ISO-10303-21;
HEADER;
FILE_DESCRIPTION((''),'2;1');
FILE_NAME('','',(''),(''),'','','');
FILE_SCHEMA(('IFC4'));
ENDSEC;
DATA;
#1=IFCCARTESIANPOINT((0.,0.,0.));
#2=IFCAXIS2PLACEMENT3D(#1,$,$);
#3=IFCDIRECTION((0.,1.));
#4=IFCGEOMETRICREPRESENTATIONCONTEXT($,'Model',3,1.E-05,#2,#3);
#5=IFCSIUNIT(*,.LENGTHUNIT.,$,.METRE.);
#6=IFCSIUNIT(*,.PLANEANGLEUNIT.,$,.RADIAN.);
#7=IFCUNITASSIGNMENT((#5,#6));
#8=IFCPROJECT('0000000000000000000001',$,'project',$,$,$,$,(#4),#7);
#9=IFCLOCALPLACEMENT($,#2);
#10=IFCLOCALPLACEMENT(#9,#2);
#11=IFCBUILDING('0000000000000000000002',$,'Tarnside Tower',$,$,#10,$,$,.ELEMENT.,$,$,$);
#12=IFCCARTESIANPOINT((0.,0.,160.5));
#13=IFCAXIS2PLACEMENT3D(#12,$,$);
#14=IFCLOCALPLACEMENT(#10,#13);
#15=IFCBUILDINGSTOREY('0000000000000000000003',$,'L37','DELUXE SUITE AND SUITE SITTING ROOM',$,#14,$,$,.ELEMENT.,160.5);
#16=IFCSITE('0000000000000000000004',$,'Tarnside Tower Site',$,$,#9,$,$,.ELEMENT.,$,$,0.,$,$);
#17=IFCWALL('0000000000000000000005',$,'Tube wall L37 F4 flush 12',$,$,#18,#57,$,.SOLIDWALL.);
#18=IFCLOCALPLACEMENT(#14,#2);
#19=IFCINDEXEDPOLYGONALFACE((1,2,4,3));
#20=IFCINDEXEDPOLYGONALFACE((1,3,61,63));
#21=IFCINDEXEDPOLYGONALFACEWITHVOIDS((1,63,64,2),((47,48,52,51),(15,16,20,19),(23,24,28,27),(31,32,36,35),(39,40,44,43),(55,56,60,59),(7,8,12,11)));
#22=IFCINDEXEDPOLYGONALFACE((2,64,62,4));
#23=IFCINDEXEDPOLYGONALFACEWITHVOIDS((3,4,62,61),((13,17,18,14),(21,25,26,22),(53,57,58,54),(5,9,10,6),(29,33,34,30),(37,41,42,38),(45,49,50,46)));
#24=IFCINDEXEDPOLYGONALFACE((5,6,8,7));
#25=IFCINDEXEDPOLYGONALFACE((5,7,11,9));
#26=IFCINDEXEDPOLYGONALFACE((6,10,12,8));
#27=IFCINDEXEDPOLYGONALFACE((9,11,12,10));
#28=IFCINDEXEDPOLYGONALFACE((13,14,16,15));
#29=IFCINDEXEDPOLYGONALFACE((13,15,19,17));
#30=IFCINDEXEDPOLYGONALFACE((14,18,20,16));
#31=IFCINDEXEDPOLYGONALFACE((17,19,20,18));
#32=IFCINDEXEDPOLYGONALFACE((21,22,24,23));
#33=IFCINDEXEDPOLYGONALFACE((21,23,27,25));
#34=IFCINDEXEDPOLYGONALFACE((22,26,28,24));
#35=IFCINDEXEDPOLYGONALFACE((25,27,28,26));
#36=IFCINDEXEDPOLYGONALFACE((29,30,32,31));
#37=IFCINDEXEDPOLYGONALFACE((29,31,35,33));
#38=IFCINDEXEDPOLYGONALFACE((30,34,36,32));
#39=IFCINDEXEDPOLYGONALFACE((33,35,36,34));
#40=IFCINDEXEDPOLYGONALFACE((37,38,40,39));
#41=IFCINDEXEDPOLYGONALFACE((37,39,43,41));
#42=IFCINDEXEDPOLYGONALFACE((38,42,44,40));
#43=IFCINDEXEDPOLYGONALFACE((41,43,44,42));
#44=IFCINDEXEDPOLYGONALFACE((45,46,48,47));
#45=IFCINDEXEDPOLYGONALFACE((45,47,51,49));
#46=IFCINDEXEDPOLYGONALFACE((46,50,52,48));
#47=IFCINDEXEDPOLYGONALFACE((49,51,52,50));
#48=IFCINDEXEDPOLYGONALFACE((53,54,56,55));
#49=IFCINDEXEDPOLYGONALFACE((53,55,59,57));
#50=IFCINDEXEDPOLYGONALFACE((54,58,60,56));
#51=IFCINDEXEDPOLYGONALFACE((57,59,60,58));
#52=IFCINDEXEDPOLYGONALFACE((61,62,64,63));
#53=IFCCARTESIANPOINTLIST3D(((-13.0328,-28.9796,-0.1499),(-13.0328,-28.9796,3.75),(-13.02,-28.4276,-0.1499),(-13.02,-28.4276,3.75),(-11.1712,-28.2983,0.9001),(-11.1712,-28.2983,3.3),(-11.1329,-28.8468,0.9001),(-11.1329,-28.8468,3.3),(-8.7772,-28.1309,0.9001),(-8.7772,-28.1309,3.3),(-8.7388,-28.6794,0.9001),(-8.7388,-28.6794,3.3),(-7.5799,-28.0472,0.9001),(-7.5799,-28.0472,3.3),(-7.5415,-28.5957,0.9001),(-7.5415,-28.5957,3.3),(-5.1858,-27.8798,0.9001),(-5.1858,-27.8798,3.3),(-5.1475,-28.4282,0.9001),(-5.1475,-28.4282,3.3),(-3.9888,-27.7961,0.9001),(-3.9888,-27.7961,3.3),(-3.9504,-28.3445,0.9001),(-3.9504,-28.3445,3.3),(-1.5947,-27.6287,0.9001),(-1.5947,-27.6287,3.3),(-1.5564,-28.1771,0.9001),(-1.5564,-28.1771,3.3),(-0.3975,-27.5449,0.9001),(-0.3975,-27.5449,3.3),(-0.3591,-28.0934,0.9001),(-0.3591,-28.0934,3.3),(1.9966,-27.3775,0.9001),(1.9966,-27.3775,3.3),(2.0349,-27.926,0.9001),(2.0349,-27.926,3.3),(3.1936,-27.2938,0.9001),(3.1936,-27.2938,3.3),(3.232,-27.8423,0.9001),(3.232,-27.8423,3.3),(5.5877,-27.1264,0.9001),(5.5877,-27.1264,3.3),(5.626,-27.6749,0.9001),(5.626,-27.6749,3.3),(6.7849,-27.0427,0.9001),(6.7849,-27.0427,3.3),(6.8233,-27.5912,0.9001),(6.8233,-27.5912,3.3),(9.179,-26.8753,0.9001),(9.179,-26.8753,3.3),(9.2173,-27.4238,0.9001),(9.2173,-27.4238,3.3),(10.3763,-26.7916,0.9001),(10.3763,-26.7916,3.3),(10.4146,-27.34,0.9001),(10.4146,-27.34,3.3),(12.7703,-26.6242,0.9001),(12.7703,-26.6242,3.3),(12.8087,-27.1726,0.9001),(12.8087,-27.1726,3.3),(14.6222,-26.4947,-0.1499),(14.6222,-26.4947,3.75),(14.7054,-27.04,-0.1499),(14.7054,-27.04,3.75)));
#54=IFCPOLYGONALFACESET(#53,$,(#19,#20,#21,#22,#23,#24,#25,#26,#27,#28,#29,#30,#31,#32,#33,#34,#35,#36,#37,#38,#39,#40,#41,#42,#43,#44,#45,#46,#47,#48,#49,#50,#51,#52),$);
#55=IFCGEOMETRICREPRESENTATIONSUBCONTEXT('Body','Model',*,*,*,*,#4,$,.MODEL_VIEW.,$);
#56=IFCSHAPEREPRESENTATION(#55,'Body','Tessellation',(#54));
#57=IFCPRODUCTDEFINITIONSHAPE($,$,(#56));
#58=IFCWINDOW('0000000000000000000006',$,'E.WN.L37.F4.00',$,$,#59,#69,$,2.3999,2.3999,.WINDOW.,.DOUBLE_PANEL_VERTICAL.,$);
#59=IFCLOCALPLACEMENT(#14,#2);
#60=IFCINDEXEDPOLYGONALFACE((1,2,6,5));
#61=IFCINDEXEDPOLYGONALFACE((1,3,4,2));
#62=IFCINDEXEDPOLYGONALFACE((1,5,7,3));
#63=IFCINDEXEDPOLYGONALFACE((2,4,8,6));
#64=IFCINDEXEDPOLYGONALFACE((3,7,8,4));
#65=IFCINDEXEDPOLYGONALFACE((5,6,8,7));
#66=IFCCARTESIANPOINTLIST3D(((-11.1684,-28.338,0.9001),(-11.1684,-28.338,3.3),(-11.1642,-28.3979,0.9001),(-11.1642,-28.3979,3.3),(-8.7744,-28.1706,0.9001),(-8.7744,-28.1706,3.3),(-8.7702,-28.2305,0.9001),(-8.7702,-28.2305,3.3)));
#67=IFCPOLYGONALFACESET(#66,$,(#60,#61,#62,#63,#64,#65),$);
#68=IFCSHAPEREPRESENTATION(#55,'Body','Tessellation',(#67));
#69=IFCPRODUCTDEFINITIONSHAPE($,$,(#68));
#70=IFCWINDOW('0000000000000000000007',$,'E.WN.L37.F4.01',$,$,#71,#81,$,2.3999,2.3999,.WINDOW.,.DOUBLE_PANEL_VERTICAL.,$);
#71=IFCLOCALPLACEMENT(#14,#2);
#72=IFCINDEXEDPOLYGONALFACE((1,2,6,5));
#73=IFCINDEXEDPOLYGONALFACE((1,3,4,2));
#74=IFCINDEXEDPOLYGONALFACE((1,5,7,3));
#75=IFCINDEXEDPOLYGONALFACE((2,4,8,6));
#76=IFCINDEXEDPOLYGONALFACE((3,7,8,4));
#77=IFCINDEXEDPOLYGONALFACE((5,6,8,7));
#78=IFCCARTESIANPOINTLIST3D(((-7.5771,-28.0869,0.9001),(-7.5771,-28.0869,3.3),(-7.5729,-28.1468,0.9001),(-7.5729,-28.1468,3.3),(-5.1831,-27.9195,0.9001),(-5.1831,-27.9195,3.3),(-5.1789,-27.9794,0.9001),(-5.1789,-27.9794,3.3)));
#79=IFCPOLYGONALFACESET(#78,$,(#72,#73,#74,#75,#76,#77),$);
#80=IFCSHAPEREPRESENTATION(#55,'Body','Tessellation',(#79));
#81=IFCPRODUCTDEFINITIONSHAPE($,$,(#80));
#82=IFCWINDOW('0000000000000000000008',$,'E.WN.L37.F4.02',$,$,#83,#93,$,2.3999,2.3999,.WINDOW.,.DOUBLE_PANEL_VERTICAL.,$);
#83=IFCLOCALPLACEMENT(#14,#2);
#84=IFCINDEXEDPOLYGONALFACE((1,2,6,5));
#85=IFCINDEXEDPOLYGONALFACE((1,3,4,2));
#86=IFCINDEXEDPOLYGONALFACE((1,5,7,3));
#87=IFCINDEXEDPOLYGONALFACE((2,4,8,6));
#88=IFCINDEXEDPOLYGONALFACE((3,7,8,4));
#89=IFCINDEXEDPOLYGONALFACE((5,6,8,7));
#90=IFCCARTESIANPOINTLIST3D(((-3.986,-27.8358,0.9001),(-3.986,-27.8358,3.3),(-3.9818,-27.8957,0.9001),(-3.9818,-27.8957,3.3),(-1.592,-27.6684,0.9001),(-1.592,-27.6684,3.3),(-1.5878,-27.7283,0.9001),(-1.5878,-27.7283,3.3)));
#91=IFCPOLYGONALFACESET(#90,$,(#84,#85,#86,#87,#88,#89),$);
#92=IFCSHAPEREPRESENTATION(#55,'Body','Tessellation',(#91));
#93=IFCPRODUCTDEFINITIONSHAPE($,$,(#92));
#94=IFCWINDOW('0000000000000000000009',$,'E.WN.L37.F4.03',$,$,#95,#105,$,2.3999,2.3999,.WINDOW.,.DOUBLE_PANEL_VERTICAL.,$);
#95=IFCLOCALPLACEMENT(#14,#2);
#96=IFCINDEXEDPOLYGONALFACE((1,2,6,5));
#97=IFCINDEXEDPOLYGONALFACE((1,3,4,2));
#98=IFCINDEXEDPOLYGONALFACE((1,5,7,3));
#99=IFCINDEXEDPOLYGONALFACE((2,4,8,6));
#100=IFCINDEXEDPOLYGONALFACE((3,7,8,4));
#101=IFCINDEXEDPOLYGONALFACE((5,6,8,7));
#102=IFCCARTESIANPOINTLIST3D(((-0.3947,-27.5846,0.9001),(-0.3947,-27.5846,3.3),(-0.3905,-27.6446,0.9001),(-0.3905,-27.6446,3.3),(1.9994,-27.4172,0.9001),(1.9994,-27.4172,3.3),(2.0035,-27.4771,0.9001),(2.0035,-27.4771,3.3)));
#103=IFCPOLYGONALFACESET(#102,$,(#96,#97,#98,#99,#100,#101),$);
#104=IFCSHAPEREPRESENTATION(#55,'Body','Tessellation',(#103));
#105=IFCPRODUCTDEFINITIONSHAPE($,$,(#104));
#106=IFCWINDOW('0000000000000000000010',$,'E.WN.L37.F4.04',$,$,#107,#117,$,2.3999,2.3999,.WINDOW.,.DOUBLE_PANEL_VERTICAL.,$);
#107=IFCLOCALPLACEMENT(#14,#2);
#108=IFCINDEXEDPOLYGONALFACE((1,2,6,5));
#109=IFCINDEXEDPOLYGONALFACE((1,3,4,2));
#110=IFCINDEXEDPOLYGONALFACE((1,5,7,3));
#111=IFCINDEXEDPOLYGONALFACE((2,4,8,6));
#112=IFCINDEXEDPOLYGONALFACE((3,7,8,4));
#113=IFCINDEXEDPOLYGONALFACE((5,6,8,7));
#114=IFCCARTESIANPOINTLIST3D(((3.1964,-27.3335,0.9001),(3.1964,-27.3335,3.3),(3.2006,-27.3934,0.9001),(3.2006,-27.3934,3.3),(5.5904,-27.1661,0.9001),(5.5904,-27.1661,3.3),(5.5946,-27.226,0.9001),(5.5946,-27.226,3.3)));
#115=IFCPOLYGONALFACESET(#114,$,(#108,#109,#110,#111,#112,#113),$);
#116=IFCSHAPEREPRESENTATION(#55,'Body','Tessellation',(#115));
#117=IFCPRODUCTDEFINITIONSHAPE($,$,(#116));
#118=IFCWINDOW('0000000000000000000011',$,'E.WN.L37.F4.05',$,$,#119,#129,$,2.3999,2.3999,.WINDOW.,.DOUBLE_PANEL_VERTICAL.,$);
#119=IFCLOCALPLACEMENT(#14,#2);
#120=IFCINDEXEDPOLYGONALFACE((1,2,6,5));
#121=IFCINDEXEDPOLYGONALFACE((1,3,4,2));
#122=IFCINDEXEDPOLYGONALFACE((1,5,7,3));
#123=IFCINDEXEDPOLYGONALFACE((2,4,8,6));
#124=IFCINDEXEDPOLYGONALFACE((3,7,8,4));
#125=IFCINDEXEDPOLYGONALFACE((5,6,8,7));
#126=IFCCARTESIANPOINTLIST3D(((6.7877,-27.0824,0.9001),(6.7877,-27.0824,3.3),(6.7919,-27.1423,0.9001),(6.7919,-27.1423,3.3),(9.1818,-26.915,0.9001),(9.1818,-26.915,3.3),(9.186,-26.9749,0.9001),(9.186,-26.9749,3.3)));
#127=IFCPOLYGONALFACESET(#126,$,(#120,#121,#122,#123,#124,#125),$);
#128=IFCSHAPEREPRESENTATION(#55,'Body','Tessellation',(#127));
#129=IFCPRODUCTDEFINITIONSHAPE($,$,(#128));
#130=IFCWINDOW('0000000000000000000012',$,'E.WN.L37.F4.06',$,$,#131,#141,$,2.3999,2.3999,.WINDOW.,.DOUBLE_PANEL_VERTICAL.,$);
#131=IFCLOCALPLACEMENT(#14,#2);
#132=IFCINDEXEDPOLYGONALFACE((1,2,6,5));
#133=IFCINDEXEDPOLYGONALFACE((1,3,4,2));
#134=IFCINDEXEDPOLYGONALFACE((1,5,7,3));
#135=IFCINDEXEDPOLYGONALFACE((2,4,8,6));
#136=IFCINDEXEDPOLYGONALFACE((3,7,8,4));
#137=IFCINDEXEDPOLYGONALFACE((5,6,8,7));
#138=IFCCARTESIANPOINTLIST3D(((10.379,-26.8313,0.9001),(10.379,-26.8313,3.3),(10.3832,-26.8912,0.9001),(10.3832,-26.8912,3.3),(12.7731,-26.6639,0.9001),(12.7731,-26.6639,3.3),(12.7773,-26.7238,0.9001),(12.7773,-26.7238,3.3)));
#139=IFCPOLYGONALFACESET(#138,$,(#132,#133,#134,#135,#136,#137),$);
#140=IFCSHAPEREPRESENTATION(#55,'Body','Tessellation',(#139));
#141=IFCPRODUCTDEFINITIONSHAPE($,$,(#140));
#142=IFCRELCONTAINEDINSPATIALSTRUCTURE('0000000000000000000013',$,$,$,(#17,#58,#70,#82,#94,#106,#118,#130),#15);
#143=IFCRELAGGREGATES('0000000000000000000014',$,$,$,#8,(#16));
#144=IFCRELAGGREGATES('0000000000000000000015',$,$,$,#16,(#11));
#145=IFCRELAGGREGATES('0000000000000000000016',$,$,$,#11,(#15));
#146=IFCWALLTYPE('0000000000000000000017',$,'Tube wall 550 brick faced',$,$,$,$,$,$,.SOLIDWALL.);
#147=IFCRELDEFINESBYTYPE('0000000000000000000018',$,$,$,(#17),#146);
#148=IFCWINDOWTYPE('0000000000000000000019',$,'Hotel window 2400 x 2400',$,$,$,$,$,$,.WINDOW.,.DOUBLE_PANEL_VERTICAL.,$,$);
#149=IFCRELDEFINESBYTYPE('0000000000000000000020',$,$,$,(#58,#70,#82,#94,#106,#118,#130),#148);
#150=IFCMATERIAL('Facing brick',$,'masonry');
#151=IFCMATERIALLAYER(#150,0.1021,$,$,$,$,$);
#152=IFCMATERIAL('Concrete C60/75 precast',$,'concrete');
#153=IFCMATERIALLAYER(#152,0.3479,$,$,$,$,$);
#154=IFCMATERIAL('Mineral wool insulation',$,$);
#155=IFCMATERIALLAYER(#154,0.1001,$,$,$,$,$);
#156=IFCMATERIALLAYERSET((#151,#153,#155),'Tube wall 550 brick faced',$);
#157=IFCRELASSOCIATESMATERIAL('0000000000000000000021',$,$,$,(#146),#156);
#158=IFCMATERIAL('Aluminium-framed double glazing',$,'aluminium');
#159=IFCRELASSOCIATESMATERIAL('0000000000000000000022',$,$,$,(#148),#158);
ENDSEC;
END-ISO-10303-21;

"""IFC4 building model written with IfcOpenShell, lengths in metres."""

from ifc_helpers import new_model, si_unit, direction, frame, frame_2d, origin, place, context, subcontext, project, spatial, polyline, rectangle, outline, extrude, material, layer, layer_set, type_object, element, fill, save


model = new_model("IFC4")

# Units and contexts
model_context = context("Model", 3, precision=1e-05, world=origin(), true_north=direction((0.0, 1.0)))
body_context = subcontext(model_context, "Body", "Model", "MODEL_VIEW")
ifc_project = project(units=[si_unit("LENGTHUNIT", "METRE"), si_unit("PLANEANGLEUNIT", "RADIAN")], contexts=[model_context])

# Site, building, storey
site_placement = place(None, origin())
site = spatial("IfcSite", under=ifc_project, at=site_placement, Name="Tarnside Tower Site", CompositionType="ELEMENT", RefElevation=0.0)
building_placement = place(site_placement, origin())
building = spatial("IfcBuilding", under=site, at=building_placement, Name="Tarnside Tower", CompositionType="ELEMENT")
storey_placement = place(building_placement, frame((0.0, 0.0, 160.5)))
storey = spatial("IfcBuildingStorey", under=building, at=storey_placement, Name="L37", Description="DELUXE SUITE AND SUITE SITTING ROOM", CompositionType="ELEMENT", Elevation=160.5)

# Wall, openings, windows
ifc_material_1 = material(Name="Facing brick", Category="masonry")
ifc_layer_1 = layer(ifc_material_1, 0.1021)
ifc_material_2 = material(Name="Concrete C60/75 precast", Category="concrete")
ifc_layer_2 = layer(ifc_material_2, 0.3479)
ifc_material_3 = material(Name="Mineral wool insulation")
ifc_layer_3 = layer(ifc_material_3, 0.1001)
ifc_layer_set_1 = layer_set([ifc_layer_1, ifc_layer_2, ifc_layer_3], Name="Tube wall 550 brick faced")
wall_type_1 = type_object("IfcWallType", Name="Tube wall 550 brick faced", PredefinedType="SOLIDWALL", material=ifc_layer_set_1)
wall_1_placement = place(storey_placement, frame((-13.0264, -28.7036, -0.1499), z_axis=(0.0, 0.0, 1.0), x_axis=(0.997564, 0.069756, 0.0)))
wall_1 = element("IfcWall", 1, at=wall_1_placement, inside=storey, type_object=wall_type_1, Name="Tube wall L37 F4 flush 12", PredefinedType="SOLIDWALL", context=body_context, shape_type="SweptSolid", body=[
    extrude(outline(polyline([(-0.0256, -0.2749), (27.7803, -0.2749), (27.7354, 0.2749), (0.0256, 0.2749), (-0.0256, -0.2749)])), origin(), (0.0, 0.0, 1.0), 3.8999),
])
opening_1_placement = place(wall_1_placement, frame((1.8789, 0.0, 1.05)))
opening_1 = element("IfcOpeningElement", 2, at=opening_1_placement, cuts=wall_1, PredefinedType="OPENING", context=body_context, shape_type="SweptSolid", body=[
    extrude(rectangle(XDim=2.3999, YDim=2.3999, at=frame_2d((1.2, 1.2))), frame((0.0, 0.2852, 0.0), z_axis=(0.0, -1.0, 0.0), x_axis=(1.0, 0.0, 0.0)), (0.0, 0.0, 1.0), 0.5701),
])
opening_2_placement = place(wall_1_placement, frame((5.479, 0.0, 1.05)))
opening_2 = element("IfcOpeningElement", 3, at=opening_2_placement, cuts=wall_1, PredefinedType="OPENING", context=body_context, shape_type="SweptSolid", body=[
    extrude(rectangle(XDim=2.3999, YDim=2.3999, at=frame_2d((1.2, 1.2))), frame((0.0, 0.2852, 0.0), z_axis=(0.0, -1.0, 0.0), x_axis=(1.0, 0.0, 0.0)), (0.0, 0.0, 1.0), 0.5701),
])
opening_3_placement = place(wall_1_placement, frame((9.0789, 0.0, 1.05)))
opening_3 = element("IfcOpeningElement", 4, at=opening_3_placement, cuts=wall_1, PredefinedType="OPENING", context=body_context, shape_type="SweptSolid", body=[
    extrude(rectangle(XDim=2.3999, YDim=2.3999, at=frame_2d((1.2, 1.2))), frame((0.0, 0.2852, 0.0), z_axis=(0.0, -1.0, 0.0), x_axis=(1.0, 0.0, 0.0)), (0.0, 0.0, 1.0), 0.5701),
])
opening_4_placement = place(wall_1_placement, frame((12.679, 0.0, 1.05)))
opening_4 = element("IfcOpeningElement", 5, at=opening_4_placement, cuts=wall_1, PredefinedType="OPENING", context=body_context, shape_type="SweptSolid", body=[
    extrude(rectangle(XDim=2.3999, YDim=2.3999, at=frame_2d((1.2, 1.2))), frame((0.0, 0.2852, 0.0), z_axis=(0.0, -1.0, 0.0), x_axis=(1.0, 0.0, 0.0)), (0.0, 0.0, 1.0), 0.5701),
])
opening_5_placement = place(wall_1_placement, frame((16.2788, 0.0, 1.05)))
opening_5 = element("IfcOpeningElement", 6, at=opening_5_placement, cuts=wall_1, PredefinedType="OPENING", context=body_context, shape_type="SweptSolid", body=[
    extrude(rectangle(XDim=2.3999, YDim=2.3999, at=frame_2d((1.2, 1.2))), frame((0.0, 0.2852, 0.0), z_axis=(0.0, -1.0, 0.0), x_axis=(1.0, 0.0, 0.0)), (0.0, 0.0, 1.0), 0.5701),
])
opening_6_placement = place(wall_1_placement, frame((19.8789, 0.0, 1.05)))
opening_6 = element("IfcOpeningElement", 7, at=opening_6_placement, cuts=wall_1, PredefinedType="OPENING", context=body_context, shape_type="SweptSolid", body=[
    extrude(rectangle(XDim=2.3999, YDim=2.3999, at=frame_2d((1.2, 1.2))), frame((0.0, 0.2852, 0.0), z_axis=(0.0, -1.0, 0.0), x_axis=(1.0, 0.0, 0.0)), (0.0, 0.0, 1.0), 0.5701),
])
opening_7_placement = place(wall_1_placement, frame((23.479, 0.0, 1.05)))
opening_7 = element("IfcOpeningElement", 8, at=opening_7_placement, cuts=wall_1, PredefinedType="OPENING", context=body_context, shape_type="SweptSolid", body=[
    extrude(rectangle(XDim=2.3999, YDim=2.3999, at=frame_2d((1.2, 1.2))), frame((0.0, 0.2852, 0.0), z_axis=(0.0, -1.0, 0.0), x_axis=(1.0, 0.0, 0.0)), (0.0, 0.0, 1.0), 0.5701),
])
ifc_material_4 = material(Name="Aluminium-framed double glazing", Category="aluminium")
window_type = type_object("IfcWindowType", Name="Hotel window 2400 x 2400", PartitioningType="DOUBLE_PANEL_VERTICAL", PredefinedType="WINDOW", material=ifc_material_4)
window_1_placement = place(opening_1_placement, frame((0.0, 0.2051, 0.0)))
window_1 = element("IfcWindow", 9, at=window_1_placement, inside=storey, type_object=window_type, Name="E.WN.L37.F4.00", OverallHeight=2.3999, OverallWidth=2.3999, PartitioningType="DOUBLE_PANEL_VERTICAL", PredefinedType="WINDOW", context=body_context, shape_type="SweptSolid", body=[
    extrude(rectangle(XDim=2.3999, YDim=2.3999, at=frame_2d((1.2, 1.2))), frame((0.0, 0.03, 0.0), z_axis=(0.0, -1.0, 0.0), x_axis=(1.0, 0.0, 0.0)), (0.0, 0.0, 1.0), 0.0601),
])
fill(opening_1, window_1)
window_2_placement = place(opening_2_placement, frame((0.0, 0.2051, 0.0)))
window_2 = element("IfcWindow", 10, at=window_2_placement, inside=storey, type_object=window_type, Name="E.WN.L37.F4.01", OverallHeight=2.3999, OverallWidth=2.3999, PartitioningType="DOUBLE_PANEL_VERTICAL", PredefinedType="WINDOW", context=body_context, shape_type="SweptSolid", body=[
    extrude(rectangle(XDim=2.3999, YDim=2.3999, at=frame_2d((1.2, 1.2))), frame((0.0, 0.03, 0.0), z_axis=(0.0, -1.0, 0.0), x_axis=(1.0, 0.0, 0.0)), (0.0, 0.0, 1.0), 0.0601),
])
fill(opening_2, window_2)
window_3_placement = place(opening_3_placement, frame((0.0, 0.2051, 0.0)))
window_3 = element("IfcWindow", 11, at=window_3_placement, inside=storey, type_object=window_type, Name="E.WN.L37.F4.02", OverallHeight=2.3999, OverallWidth=2.3999, PartitioningType="DOUBLE_PANEL_VERTICAL", PredefinedType="WINDOW", context=body_context, shape_type="SweptSolid", body=[
    extrude(rectangle(XDim=2.3999, YDim=2.3999, at=frame_2d((1.2, 1.2))), frame((0.0, 0.03, 0.0), z_axis=(0.0, -1.0, 0.0), x_axis=(1.0, 0.0, 0.0)), (0.0, 0.0, 1.0), 0.0601),
])
fill(opening_3, window_3)
window_4_placement = place(opening_4_placement, frame((0.0, 0.2051, 0.0)))
window_4 = element("IfcWindow", 12, at=window_4_placement, inside=storey, type_object=window_type, Name="E.WN.L37.F4.03", OverallHeight=2.3999, OverallWidth=2.3999, PartitioningType="DOUBLE_PANEL_VERTICAL", PredefinedType="WINDOW", context=body_context, shape_type="SweptSolid", body=[
    extrude(rectangle(XDim=2.3999, YDim=2.3999, at=frame_2d((1.2, 1.2))), frame((0.0, 0.03, 0.0), z_axis=(0.0, -1.0, 0.0), x_axis=(1.0, 0.0, 0.0)), (0.0, 0.0, 1.0), 0.0601),
])
fill(opening_4, window_4)
window_5_placement = place(opening_5_placement, frame((0.0, 0.2051, 0.0)))
window_5 = element("IfcWindow", 13, at=window_5_placement, inside=storey, type_object=window_type, Name="E.WN.L37.F4.04", OverallHeight=2.3999, OverallWidth=2.3999, PartitioningType="DOUBLE_PANEL_VERTICAL", PredefinedType="WINDOW", context=body_context, shape_type="SweptSolid", body=[
    extrude(rectangle(XDim=2.3999, YDim=2.3999, at=frame_2d((1.2, 1.2))), frame((0.0, 0.03, 0.0), z_axis=(0.0, -1.0, 0.0), x_axis=(1.0, 0.0, 0.0)), (0.0, 0.0, 1.0), 0.0601),
])
fill(opening_5, window_5)
window_6_placement = place(opening_6_placement, frame((0.0, 0.2051, 0.0)))
window_6 = element("IfcWindow", 14, at=window_6_placement, inside=storey, type_object=window_type, Name="E.WN.L37.F4.05", OverallHeight=2.3999, OverallWidth=2.3999, PartitioningType="DOUBLE_PANEL_VERTICAL", PredefinedType="WINDOW", context=body_context, shape_type="SweptSolid", body=[
    extrude(rectangle(XDim=2.3999, YDim=2.3999, at=frame_2d((1.2, 1.2))), frame((0.0, 0.03, 0.0), z_axis=(0.0, -1.0, 0.0), x_axis=(1.0, 0.0, 0.0)), (0.0, 0.0, 1.0), 0.0601),
])
fill(opening_6, window_6)
window_7_placement = place(opening_7_placement, frame((0.0, 0.2051, 0.0)))
window_7 = element("IfcWindow", 15, at=window_7_placement, inside=storey, type_object=window_type, Name="E.WN.L37.F4.06", OverallHeight=2.3999, OverallWidth=2.3999, PartitioningType="DOUBLE_PANEL_VERTICAL", PredefinedType="WINDOW", context=body_context, shape_type="SweptSolid", body=[
    extrude(rectangle(XDim=2.3999, YDim=2.3999, at=frame_2d((1.2, 1.2))), frame((0.0, 0.03, 0.0), z_axis=(0.0, -1.0, 0.0), x_axis=(1.0, 0.0, 0.0)), (0.0, 0.0, 1.0), 0.0601),
])
fill(opening_7, window_7)

save(model, "model.ifc")
